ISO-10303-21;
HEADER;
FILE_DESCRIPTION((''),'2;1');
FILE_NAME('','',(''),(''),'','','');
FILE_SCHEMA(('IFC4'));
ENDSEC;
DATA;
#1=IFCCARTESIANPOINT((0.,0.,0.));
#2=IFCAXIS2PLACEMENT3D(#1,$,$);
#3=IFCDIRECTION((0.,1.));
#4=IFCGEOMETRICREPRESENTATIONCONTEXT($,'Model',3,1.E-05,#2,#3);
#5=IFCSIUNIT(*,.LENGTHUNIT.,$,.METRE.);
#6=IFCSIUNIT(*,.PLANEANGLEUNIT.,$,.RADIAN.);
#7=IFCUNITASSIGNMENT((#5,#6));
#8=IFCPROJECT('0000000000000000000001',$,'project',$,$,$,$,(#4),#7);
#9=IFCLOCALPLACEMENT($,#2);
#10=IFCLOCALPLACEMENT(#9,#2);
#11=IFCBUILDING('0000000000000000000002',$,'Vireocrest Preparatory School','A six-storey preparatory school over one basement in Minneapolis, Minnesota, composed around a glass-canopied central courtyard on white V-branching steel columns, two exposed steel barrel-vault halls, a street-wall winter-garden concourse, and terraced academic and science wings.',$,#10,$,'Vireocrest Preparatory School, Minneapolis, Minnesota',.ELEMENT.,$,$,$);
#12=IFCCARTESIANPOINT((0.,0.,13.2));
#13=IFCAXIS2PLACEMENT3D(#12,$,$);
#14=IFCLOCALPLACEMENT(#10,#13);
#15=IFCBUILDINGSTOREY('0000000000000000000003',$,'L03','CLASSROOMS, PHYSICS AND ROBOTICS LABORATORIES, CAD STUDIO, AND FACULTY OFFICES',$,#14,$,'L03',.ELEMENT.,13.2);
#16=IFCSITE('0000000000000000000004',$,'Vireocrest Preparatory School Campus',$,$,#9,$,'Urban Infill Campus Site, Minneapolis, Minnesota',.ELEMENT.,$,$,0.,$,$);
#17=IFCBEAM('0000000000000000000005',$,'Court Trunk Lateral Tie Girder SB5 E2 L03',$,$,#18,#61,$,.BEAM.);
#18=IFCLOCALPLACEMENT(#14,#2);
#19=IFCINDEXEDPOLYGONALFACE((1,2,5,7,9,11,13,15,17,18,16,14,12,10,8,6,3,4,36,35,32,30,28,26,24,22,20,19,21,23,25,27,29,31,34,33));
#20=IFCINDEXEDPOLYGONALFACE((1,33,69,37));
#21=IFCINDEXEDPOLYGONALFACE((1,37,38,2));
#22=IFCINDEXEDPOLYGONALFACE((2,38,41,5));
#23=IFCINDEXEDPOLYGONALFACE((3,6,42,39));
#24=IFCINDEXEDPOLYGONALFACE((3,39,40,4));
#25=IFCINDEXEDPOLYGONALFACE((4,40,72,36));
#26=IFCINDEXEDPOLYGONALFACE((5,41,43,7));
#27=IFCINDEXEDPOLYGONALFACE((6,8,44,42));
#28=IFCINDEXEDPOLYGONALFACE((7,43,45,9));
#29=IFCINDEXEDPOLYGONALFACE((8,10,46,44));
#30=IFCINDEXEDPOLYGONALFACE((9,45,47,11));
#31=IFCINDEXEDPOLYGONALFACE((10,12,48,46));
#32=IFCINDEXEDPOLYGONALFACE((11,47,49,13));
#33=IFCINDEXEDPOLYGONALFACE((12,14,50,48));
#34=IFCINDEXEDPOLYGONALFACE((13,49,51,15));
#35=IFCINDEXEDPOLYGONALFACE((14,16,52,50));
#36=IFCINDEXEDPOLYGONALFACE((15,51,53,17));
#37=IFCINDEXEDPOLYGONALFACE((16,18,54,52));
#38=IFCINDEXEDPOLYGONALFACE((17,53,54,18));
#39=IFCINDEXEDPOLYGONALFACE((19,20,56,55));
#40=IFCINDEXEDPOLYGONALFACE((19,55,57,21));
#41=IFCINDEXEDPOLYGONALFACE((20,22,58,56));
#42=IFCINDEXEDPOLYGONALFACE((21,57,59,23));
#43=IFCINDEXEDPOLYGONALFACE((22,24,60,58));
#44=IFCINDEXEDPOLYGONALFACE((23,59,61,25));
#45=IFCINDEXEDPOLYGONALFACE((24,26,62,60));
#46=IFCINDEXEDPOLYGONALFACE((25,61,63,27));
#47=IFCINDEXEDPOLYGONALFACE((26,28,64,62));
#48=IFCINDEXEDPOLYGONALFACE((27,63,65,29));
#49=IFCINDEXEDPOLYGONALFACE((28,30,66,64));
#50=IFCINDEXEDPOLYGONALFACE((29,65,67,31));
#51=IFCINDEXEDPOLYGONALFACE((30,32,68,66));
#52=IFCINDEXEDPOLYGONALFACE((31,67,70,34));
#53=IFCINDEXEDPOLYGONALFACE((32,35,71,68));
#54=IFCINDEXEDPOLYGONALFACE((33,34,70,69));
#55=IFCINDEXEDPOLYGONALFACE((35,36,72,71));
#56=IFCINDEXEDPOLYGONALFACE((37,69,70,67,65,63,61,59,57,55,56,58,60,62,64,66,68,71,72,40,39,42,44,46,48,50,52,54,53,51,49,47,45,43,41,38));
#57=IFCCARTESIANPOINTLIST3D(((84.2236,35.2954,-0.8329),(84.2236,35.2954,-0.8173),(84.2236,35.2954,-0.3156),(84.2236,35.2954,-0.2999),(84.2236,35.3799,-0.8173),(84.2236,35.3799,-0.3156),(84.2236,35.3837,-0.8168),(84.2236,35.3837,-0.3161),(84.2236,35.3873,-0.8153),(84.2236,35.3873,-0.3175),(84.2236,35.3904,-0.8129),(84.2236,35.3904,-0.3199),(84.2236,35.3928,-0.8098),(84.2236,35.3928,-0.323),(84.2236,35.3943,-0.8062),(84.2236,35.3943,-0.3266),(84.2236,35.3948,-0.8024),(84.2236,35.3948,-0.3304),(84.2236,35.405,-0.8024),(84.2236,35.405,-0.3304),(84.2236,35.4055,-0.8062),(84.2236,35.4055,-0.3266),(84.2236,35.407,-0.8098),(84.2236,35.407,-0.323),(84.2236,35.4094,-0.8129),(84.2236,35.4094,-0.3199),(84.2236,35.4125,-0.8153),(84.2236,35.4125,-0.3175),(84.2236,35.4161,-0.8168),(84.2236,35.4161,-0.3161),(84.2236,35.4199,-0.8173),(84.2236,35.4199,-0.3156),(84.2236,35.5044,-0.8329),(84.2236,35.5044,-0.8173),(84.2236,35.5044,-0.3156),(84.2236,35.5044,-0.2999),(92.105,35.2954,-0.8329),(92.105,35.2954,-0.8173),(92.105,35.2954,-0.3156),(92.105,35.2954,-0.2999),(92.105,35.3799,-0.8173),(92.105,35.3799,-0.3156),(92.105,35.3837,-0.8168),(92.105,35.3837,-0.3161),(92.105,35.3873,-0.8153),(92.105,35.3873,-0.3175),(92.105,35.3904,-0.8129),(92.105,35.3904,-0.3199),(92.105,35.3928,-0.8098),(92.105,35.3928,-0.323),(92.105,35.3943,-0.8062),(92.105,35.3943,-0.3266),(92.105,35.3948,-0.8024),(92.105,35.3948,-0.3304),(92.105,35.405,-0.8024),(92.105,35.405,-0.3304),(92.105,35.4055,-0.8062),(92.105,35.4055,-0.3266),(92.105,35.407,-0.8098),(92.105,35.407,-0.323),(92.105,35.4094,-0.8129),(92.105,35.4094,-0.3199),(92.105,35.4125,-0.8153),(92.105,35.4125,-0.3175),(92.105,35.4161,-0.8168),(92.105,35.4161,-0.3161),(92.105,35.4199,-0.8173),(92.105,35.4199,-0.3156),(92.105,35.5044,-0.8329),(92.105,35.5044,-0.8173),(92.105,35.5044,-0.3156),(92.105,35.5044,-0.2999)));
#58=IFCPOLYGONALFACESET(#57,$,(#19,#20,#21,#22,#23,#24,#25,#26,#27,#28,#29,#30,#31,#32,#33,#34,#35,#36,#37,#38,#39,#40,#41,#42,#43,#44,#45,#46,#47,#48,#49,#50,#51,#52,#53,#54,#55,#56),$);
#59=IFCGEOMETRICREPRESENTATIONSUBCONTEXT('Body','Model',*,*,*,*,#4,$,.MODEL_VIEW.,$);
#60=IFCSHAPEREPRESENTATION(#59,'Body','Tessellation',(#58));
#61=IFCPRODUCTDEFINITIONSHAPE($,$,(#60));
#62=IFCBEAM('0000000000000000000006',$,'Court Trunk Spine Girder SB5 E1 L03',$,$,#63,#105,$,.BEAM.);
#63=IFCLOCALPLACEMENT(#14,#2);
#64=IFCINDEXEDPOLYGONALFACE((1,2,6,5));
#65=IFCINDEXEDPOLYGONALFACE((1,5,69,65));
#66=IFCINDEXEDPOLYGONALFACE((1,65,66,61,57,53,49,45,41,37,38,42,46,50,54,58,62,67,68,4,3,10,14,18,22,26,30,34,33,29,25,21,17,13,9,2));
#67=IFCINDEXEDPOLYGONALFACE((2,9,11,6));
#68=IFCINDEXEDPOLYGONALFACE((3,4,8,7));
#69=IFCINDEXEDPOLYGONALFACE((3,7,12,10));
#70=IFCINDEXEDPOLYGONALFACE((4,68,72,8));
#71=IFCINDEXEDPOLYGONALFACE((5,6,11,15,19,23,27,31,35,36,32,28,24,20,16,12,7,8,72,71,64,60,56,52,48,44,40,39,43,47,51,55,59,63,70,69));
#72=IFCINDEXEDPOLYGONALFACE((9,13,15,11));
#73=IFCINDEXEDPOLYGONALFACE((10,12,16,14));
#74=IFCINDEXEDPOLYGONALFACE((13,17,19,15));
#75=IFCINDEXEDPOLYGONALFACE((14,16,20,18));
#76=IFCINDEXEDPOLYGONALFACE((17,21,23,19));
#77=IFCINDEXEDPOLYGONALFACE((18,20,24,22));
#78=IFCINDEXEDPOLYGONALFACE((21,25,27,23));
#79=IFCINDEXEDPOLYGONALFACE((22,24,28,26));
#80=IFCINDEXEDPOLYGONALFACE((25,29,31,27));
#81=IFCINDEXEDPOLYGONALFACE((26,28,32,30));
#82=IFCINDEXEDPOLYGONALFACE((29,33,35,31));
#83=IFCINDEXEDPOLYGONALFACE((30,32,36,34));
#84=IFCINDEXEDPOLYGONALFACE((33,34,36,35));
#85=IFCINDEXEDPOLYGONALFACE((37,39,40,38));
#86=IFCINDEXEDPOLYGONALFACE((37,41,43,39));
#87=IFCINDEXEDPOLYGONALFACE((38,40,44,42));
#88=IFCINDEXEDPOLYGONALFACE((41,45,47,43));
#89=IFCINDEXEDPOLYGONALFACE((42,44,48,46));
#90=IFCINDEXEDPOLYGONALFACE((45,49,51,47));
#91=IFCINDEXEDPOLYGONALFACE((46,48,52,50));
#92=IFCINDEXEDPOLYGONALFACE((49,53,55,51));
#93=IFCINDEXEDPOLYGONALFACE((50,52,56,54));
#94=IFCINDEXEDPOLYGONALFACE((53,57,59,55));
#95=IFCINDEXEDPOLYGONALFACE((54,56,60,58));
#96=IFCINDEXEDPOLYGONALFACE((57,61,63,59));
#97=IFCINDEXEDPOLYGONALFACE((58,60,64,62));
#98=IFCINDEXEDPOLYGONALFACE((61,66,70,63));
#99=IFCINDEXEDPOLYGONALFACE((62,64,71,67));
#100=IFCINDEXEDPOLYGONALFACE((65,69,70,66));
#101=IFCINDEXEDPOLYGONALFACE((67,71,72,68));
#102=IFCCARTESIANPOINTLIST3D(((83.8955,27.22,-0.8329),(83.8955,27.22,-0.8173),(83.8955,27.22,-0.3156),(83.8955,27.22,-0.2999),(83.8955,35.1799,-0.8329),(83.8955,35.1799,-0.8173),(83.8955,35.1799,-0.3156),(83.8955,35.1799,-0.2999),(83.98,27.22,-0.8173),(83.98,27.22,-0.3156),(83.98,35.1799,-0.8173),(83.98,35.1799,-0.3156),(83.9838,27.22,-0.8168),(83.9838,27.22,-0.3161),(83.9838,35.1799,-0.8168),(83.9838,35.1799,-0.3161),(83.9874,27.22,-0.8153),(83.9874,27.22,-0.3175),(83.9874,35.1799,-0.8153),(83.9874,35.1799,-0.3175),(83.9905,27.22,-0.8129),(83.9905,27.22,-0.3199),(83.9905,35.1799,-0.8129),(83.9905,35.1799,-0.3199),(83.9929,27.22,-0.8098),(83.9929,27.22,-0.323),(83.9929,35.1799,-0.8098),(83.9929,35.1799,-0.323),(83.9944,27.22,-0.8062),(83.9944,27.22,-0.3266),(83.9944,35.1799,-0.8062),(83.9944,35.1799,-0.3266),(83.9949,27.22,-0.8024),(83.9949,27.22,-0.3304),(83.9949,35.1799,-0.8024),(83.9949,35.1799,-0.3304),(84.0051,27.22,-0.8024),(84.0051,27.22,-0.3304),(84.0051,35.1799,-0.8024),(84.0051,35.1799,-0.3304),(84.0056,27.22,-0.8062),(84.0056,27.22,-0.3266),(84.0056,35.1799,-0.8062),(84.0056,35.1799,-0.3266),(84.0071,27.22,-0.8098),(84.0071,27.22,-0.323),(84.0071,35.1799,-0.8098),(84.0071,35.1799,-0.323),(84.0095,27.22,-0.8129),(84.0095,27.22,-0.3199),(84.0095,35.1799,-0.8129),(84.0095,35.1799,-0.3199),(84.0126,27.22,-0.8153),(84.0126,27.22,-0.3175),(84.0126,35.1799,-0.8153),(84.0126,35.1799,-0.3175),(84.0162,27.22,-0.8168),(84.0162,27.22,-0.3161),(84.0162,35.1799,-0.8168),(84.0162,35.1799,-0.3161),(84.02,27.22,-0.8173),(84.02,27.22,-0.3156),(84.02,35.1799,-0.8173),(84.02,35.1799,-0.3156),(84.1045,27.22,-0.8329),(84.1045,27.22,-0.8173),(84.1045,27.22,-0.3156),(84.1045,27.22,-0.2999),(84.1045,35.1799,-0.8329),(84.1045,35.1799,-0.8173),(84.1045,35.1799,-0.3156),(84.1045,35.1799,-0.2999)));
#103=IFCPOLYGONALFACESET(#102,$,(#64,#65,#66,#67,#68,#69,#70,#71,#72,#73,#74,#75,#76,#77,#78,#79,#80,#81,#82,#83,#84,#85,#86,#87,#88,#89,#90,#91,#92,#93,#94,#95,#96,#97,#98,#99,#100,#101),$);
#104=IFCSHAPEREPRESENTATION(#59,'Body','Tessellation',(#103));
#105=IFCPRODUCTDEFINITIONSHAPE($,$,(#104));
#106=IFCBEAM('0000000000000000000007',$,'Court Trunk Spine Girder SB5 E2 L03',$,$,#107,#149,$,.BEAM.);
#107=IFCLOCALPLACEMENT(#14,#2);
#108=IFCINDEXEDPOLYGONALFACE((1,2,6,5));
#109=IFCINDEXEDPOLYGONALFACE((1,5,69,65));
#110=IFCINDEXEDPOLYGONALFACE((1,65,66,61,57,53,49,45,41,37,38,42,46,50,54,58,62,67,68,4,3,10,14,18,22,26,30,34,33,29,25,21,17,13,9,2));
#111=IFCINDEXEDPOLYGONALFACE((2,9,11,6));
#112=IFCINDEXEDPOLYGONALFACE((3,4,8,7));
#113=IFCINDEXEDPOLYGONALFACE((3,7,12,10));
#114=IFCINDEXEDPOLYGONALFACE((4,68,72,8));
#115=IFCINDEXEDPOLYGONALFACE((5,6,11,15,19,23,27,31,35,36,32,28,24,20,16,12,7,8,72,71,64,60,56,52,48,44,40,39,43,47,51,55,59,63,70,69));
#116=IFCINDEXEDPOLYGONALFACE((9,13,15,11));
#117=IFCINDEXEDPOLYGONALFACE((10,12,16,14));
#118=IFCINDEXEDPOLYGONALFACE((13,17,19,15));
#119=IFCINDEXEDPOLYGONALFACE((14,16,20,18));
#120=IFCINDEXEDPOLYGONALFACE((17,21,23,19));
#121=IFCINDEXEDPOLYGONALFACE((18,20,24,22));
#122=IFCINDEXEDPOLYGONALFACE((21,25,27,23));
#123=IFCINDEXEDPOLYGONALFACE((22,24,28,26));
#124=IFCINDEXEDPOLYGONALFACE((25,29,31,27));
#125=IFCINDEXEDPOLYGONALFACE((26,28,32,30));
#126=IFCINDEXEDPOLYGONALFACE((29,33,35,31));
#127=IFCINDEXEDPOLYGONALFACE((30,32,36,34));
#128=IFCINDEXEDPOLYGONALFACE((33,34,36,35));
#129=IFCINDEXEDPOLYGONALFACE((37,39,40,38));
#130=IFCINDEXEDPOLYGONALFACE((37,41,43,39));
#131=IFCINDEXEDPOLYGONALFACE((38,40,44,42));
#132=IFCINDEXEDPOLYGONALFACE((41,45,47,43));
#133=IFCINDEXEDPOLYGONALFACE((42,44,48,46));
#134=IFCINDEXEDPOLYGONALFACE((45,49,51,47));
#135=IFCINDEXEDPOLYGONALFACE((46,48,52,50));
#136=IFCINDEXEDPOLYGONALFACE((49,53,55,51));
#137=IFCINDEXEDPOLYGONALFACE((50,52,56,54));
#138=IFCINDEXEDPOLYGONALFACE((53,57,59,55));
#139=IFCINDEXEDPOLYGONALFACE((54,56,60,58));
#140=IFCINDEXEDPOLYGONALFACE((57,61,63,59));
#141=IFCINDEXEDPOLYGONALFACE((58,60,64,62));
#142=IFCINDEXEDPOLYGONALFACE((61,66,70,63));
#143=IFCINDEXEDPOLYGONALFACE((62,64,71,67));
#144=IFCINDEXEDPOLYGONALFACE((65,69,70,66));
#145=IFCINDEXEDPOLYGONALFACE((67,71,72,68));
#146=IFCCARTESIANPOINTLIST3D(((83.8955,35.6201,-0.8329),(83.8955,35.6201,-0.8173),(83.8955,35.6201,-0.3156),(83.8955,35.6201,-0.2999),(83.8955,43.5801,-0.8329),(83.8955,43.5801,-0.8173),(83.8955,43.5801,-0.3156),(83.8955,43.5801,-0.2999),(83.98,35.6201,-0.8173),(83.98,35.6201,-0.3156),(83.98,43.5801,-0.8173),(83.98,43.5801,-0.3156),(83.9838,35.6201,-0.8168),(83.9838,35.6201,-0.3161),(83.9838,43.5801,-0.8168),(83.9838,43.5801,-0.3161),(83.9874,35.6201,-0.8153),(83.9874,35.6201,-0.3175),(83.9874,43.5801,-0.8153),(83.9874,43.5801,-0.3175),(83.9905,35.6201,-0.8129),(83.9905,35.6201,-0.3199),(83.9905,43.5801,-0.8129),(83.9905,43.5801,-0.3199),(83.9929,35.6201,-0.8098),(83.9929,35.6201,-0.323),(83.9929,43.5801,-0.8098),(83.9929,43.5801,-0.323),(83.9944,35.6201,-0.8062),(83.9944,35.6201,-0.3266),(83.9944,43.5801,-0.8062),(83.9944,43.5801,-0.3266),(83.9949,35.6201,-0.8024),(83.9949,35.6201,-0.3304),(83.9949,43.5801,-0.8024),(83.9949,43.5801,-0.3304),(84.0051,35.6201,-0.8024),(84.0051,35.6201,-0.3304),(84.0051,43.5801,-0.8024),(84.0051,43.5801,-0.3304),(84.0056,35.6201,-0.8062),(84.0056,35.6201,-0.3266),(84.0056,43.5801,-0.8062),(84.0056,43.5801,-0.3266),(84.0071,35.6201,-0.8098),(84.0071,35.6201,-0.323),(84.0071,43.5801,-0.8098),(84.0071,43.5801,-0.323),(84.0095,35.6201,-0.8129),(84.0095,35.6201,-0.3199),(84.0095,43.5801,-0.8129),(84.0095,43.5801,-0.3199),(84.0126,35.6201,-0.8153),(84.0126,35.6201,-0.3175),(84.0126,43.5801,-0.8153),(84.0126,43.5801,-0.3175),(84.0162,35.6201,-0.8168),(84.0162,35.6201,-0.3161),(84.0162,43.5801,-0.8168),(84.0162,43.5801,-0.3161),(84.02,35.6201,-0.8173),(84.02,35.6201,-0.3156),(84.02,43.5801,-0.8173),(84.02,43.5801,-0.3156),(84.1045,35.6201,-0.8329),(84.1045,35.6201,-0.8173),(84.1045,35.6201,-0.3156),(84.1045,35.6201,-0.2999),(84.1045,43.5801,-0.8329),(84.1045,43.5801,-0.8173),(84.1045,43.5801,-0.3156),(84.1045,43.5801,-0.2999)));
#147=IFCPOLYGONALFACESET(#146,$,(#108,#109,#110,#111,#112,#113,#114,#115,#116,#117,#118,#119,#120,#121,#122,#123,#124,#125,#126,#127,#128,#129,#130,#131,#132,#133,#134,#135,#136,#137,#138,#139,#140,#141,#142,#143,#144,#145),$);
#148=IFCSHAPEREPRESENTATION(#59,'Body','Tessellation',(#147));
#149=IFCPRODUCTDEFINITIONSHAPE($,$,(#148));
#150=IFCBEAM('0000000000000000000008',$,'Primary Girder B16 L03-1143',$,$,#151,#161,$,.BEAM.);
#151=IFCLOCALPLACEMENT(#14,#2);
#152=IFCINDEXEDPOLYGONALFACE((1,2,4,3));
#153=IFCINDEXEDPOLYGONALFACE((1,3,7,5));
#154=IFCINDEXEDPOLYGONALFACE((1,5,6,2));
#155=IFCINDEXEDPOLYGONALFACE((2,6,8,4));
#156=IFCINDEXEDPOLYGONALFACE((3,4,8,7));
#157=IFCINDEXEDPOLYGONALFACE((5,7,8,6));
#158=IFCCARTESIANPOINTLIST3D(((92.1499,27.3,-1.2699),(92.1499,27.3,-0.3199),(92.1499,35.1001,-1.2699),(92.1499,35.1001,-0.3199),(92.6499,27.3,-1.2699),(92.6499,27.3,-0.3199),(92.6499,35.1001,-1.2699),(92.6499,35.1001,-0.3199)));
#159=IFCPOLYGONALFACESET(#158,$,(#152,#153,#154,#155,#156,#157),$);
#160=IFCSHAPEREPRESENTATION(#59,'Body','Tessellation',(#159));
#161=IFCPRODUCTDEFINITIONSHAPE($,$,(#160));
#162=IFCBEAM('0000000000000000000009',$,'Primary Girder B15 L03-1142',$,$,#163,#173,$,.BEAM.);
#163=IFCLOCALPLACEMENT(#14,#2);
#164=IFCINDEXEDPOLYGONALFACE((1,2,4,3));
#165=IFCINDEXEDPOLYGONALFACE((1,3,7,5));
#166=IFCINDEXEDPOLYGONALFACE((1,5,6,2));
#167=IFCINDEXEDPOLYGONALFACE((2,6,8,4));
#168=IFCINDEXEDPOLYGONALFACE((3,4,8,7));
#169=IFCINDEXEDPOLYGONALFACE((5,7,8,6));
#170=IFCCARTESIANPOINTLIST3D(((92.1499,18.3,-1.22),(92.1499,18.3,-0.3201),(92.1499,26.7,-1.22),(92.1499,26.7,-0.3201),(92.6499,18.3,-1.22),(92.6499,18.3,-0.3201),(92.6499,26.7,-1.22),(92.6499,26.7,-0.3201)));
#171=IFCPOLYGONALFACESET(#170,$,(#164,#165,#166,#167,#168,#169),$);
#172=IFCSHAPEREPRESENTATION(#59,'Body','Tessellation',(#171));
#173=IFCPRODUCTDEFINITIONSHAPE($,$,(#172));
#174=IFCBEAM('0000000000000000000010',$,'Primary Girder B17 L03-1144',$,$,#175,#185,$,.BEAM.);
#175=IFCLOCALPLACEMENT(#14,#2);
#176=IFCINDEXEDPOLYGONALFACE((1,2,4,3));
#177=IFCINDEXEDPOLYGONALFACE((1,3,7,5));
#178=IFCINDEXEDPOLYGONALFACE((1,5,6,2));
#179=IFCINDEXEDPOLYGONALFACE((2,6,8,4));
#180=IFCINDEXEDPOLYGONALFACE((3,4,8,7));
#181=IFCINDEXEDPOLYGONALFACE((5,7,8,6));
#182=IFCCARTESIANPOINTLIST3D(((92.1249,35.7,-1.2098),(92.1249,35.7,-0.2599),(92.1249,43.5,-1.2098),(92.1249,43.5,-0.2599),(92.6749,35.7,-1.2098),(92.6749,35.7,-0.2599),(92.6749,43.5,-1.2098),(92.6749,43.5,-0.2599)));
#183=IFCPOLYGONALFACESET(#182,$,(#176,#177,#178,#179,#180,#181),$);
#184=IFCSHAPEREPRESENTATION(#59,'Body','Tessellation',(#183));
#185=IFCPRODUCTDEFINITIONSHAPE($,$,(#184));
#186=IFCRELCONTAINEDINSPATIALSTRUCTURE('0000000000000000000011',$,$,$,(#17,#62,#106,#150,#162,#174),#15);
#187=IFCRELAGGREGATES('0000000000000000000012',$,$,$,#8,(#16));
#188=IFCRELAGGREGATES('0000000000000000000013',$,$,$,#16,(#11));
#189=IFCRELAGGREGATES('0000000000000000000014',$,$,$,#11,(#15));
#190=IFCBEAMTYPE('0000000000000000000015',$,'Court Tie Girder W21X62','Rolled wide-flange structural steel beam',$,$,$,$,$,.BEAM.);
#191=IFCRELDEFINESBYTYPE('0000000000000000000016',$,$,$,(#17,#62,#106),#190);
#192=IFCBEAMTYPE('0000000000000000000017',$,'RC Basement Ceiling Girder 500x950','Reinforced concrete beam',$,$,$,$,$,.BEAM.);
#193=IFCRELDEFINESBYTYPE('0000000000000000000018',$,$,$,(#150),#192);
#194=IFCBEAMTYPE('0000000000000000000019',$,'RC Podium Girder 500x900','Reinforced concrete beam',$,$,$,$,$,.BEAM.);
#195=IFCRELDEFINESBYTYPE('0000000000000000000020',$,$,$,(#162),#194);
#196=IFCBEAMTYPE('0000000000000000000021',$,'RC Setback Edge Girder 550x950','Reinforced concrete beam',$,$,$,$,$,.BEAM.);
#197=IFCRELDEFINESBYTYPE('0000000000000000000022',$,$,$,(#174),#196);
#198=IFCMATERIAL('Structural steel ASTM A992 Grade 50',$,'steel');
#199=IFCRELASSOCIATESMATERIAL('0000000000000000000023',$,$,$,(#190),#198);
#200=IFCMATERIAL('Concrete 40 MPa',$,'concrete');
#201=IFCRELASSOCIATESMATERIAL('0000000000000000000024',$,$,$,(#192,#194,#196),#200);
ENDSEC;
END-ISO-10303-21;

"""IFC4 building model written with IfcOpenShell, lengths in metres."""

from ifc_helpers import new_model, si_unit, direction, frame, origin, origin_2d, place, context, subcontext, project, spatial, rectangle, i_section, extrude, material, material_profile, profile_set, type_object, element, save


model = new_model("IFC4")

# Units and contexts
model_context = context("Model", 3, precision=1e-05, world=origin(), true_north=direction((0.0, 1.0)))
body_context = subcontext(model_context, "Body", "Model", "MODEL_VIEW")
ifc_project = project(units=[si_unit("LENGTHUNIT", "METRE"), si_unit("PLANEANGLEUNIT", "RADIAN")], contexts=[model_context])

# Site, building, storey
site_placement = place(None, origin())
site = spatial("IfcSite", under=ifc_project, at=site_placement, Name="Vireocrest Preparatory School Campus", LongName="Urban Infill Campus Site, Minneapolis, Minnesota", CompositionType="ELEMENT", RefElevation=0.0)
building_placement = place(site_placement, origin())
building = spatial("IfcBuilding", under=site, at=building_placement, Name="Vireocrest Preparatory School", Description="A six-storey preparatory school over one basement in Minneapolis, Minnesota, composed around a glass-canopied central courtyard on white V-branching steel columns, two exposed steel barrel-vault halls, a street-wall winter-garden concourse, and terraced academic and science wings.", LongName="Vireocrest Preparatory School, Minneapolis, Minnesota", CompositionType="ELEMENT")
storey_placement = place(building_placement, frame((0.0, 0.0, 13.2)))
storey = spatial("IfcBuildingStorey", under=building, at=storey_placement, Name="L03", Description="CLASSROOMS, PHYSICS AND ROBOTICS LABORATORIES, CAD STUDIO, AND FACULTY OFFICES", LongName="L03", CompositionType="ELEMENT", Elevation=13.2)

# Beams
ifc_material_1 = material(Name="Structural steel ASTM A992 Grade 50", Category="steel")
ifc_material_profile_1 = material_profile(ifc_material_1, i_section(OverallWidth=0.209, OverallDepth=0.533, WebThickness=0.0103, FlangeThickness=0.0156, FilletRadius=0.0149, at=origin_2d()), Name="W21X62")
ifc_profile_set_1 = profile_set([ifc_material_profile_1], Name="Structural steel ASTM A992 Grade 50")
beam_type_1 = type_object("IfcBeamType", Name="Court Tie Girder W21X62", Description="Rolled wide-flange structural steel beam", PredefinedType="BEAM", material=ifc_profile_set_1)
for number, where, z_axis, x_axis, name in (
    (1, (84.2236, 35.3999, -0.5664), (1.0, 0.0, 0.0), (0.0, 1.0, 0.0), "Court Trunk Lateral Tie Girder SB5 E2 L03"),
):
    element("IfcBeam", number, at=place(storey_placement, frame(where, z_axis=z_axis, x_axis=x_axis)), inside=storey, type_object=beam_type_1, Name=name, PredefinedType="BEAM", context=body_context, shape_type="SweptSolid", body=[
        extrude(i_section(OverallWidth=0.209, OverallDepth=0.533, WebThickness=0.0103, FlangeThickness=0.0156, FilletRadius=0.0149, at=origin_2d()), origin(), (0.0, 0.0, 1.0), 7.8813),
    ])
for number, where, z_axis, x_axis, name in (
    (2, (84.0, 27.22, -0.5664), (0.0, 1.0, 0.0), (-1.0, 0.0, 0.0), "Court Trunk Spine Girder SB5 E1 L03"),
    (3, (84.0, 35.6201, -0.5664), (0.0, 1.0, 0.0), (-1.0, 0.0, 0.0), "Court Trunk Spine Girder SB5 E2 L03"),
):
    element("IfcBeam", number, at=place(storey_placement, frame(where, z_axis=z_axis, x_axis=x_axis)), inside=storey, type_object=beam_type_1, Name=name, PredefinedType="BEAM", context=body_context, shape_type="SweptSolid", body=[
        extrude(i_section(OverallWidth=0.209, OverallDepth=0.533, WebThickness=0.0103, FlangeThickness=0.0156, FilletRadius=0.0149, at=origin_2d()), origin(), (0.0, 0.0, 1.0), 7.96),
    ])
ifc_material_2 = material(Name="Concrete 40 MPa", Category="concrete")
ifc_material_profile_2 = material_profile(ifc_material_2, rectangle(XDim=0.5, YDim=0.95, at=origin_2d()), Name="RC 500x950")
ifc_profile_set_2 = profile_set([ifc_material_profile_2], Name="Concrete 40 MPa")
beam_type_2 = type_object("IfcBeamType", Name="RC Basement Ceiling Girder 500x950", Description="Reinforced concrete beam", PredefinedType="BEAM", material=ifc_profile_set_2)
beam_1_placement = place(storey_placement, frame((92.3999, 27.3, -0.7949), z_axis=(0.0, 1.0, 0.0), x_axis=(-1.0, 0.0, 0.0)))
element("IfcBeam", 4, at=beam_1_placement, inside=storey, type_object=beam_type_2, Name="Primary Girder B16 L03-1143", PredefinedType="BEAM", context=body_context, shape_type="SweptSolid", body=[
    extrude(rectangle(XDim=0.5, YDim=0.95, at=origin_2d()), origin(), (0.0, 0.0, 1.0), 7.8),
])
ifc_material_profile_3 = material_profile(ifc_material_2, rectangle(XDim=0.5, YDim=0.8999, at=origin_2d()), Name="RC 500x900")
ifc_profile_set_3 = profile_set([ifc_material_profile_3], Name="Concrete 40 MPa")
beam_type_3 = type_object("IfcBeamType", Name="RC Podium Girder 500x900", Description="Reinforced concrete beam", PredefinedType="BEAM", material=ifc_profile_set_3)
beam_2_placement = place(storey_placement, frame((92.3999, 18.3, -0.77), z_axis=(0.0, 1.0, 0.0), x_axis=(-1.0, 0.0, 0.0)))
element("IfcBeam", 5, at=beam_2_placement, inside=storey, type_object=beam_type_3, Name="Primary Girder B15 L03-1142", PredefinedType="BEAM", context=body_context, shape_type="SweptSolid", body=[
    extrude(rectangle(XDim=0.5, YDim=0.8999, at=origin_2d()), origin(), (0.0, 0.0, 1.0), 8.3999),
])
ifc_material_profile_4 = material_profile(ifc_material_2, rectangle(XDim=0.55, YDim=0.95, at=origin_2d()), Name="RC 550x950")
ifc_profile_set_4 = profile_set([ifc_material_profile_4], Name="Concrete 40 MPa")
beam_type_4 = type_object("IfcBeamType", Name="RC Setback Edge Girder 550x950", Description="Reinforced concrete beam", PredefinedType="BEAM", material=ifc_profile_set_4)
beam_3_placement = place(storey_placement, frame((92.3999, 35.7, -0.7349), z_axis=(0.0, 1.0, 0.0), x_axis=(-1.0, 0.0, 0.0)))
element("IfcBeam", 6, at=beam_3_placement, inside=storey, type_object=beam_type_4, Name="Primary Girder B17 L03-1144", PredefinedType="BEAM", context=body_context, shape_type="SweptSolid", body=[
    extrude(rectangle(XDim=0.55, YDim=0.95, at=origin_2d()), origin(), (0.0, 0.0, 1.0), 7.8),
])

save(model, "model.ifc")
